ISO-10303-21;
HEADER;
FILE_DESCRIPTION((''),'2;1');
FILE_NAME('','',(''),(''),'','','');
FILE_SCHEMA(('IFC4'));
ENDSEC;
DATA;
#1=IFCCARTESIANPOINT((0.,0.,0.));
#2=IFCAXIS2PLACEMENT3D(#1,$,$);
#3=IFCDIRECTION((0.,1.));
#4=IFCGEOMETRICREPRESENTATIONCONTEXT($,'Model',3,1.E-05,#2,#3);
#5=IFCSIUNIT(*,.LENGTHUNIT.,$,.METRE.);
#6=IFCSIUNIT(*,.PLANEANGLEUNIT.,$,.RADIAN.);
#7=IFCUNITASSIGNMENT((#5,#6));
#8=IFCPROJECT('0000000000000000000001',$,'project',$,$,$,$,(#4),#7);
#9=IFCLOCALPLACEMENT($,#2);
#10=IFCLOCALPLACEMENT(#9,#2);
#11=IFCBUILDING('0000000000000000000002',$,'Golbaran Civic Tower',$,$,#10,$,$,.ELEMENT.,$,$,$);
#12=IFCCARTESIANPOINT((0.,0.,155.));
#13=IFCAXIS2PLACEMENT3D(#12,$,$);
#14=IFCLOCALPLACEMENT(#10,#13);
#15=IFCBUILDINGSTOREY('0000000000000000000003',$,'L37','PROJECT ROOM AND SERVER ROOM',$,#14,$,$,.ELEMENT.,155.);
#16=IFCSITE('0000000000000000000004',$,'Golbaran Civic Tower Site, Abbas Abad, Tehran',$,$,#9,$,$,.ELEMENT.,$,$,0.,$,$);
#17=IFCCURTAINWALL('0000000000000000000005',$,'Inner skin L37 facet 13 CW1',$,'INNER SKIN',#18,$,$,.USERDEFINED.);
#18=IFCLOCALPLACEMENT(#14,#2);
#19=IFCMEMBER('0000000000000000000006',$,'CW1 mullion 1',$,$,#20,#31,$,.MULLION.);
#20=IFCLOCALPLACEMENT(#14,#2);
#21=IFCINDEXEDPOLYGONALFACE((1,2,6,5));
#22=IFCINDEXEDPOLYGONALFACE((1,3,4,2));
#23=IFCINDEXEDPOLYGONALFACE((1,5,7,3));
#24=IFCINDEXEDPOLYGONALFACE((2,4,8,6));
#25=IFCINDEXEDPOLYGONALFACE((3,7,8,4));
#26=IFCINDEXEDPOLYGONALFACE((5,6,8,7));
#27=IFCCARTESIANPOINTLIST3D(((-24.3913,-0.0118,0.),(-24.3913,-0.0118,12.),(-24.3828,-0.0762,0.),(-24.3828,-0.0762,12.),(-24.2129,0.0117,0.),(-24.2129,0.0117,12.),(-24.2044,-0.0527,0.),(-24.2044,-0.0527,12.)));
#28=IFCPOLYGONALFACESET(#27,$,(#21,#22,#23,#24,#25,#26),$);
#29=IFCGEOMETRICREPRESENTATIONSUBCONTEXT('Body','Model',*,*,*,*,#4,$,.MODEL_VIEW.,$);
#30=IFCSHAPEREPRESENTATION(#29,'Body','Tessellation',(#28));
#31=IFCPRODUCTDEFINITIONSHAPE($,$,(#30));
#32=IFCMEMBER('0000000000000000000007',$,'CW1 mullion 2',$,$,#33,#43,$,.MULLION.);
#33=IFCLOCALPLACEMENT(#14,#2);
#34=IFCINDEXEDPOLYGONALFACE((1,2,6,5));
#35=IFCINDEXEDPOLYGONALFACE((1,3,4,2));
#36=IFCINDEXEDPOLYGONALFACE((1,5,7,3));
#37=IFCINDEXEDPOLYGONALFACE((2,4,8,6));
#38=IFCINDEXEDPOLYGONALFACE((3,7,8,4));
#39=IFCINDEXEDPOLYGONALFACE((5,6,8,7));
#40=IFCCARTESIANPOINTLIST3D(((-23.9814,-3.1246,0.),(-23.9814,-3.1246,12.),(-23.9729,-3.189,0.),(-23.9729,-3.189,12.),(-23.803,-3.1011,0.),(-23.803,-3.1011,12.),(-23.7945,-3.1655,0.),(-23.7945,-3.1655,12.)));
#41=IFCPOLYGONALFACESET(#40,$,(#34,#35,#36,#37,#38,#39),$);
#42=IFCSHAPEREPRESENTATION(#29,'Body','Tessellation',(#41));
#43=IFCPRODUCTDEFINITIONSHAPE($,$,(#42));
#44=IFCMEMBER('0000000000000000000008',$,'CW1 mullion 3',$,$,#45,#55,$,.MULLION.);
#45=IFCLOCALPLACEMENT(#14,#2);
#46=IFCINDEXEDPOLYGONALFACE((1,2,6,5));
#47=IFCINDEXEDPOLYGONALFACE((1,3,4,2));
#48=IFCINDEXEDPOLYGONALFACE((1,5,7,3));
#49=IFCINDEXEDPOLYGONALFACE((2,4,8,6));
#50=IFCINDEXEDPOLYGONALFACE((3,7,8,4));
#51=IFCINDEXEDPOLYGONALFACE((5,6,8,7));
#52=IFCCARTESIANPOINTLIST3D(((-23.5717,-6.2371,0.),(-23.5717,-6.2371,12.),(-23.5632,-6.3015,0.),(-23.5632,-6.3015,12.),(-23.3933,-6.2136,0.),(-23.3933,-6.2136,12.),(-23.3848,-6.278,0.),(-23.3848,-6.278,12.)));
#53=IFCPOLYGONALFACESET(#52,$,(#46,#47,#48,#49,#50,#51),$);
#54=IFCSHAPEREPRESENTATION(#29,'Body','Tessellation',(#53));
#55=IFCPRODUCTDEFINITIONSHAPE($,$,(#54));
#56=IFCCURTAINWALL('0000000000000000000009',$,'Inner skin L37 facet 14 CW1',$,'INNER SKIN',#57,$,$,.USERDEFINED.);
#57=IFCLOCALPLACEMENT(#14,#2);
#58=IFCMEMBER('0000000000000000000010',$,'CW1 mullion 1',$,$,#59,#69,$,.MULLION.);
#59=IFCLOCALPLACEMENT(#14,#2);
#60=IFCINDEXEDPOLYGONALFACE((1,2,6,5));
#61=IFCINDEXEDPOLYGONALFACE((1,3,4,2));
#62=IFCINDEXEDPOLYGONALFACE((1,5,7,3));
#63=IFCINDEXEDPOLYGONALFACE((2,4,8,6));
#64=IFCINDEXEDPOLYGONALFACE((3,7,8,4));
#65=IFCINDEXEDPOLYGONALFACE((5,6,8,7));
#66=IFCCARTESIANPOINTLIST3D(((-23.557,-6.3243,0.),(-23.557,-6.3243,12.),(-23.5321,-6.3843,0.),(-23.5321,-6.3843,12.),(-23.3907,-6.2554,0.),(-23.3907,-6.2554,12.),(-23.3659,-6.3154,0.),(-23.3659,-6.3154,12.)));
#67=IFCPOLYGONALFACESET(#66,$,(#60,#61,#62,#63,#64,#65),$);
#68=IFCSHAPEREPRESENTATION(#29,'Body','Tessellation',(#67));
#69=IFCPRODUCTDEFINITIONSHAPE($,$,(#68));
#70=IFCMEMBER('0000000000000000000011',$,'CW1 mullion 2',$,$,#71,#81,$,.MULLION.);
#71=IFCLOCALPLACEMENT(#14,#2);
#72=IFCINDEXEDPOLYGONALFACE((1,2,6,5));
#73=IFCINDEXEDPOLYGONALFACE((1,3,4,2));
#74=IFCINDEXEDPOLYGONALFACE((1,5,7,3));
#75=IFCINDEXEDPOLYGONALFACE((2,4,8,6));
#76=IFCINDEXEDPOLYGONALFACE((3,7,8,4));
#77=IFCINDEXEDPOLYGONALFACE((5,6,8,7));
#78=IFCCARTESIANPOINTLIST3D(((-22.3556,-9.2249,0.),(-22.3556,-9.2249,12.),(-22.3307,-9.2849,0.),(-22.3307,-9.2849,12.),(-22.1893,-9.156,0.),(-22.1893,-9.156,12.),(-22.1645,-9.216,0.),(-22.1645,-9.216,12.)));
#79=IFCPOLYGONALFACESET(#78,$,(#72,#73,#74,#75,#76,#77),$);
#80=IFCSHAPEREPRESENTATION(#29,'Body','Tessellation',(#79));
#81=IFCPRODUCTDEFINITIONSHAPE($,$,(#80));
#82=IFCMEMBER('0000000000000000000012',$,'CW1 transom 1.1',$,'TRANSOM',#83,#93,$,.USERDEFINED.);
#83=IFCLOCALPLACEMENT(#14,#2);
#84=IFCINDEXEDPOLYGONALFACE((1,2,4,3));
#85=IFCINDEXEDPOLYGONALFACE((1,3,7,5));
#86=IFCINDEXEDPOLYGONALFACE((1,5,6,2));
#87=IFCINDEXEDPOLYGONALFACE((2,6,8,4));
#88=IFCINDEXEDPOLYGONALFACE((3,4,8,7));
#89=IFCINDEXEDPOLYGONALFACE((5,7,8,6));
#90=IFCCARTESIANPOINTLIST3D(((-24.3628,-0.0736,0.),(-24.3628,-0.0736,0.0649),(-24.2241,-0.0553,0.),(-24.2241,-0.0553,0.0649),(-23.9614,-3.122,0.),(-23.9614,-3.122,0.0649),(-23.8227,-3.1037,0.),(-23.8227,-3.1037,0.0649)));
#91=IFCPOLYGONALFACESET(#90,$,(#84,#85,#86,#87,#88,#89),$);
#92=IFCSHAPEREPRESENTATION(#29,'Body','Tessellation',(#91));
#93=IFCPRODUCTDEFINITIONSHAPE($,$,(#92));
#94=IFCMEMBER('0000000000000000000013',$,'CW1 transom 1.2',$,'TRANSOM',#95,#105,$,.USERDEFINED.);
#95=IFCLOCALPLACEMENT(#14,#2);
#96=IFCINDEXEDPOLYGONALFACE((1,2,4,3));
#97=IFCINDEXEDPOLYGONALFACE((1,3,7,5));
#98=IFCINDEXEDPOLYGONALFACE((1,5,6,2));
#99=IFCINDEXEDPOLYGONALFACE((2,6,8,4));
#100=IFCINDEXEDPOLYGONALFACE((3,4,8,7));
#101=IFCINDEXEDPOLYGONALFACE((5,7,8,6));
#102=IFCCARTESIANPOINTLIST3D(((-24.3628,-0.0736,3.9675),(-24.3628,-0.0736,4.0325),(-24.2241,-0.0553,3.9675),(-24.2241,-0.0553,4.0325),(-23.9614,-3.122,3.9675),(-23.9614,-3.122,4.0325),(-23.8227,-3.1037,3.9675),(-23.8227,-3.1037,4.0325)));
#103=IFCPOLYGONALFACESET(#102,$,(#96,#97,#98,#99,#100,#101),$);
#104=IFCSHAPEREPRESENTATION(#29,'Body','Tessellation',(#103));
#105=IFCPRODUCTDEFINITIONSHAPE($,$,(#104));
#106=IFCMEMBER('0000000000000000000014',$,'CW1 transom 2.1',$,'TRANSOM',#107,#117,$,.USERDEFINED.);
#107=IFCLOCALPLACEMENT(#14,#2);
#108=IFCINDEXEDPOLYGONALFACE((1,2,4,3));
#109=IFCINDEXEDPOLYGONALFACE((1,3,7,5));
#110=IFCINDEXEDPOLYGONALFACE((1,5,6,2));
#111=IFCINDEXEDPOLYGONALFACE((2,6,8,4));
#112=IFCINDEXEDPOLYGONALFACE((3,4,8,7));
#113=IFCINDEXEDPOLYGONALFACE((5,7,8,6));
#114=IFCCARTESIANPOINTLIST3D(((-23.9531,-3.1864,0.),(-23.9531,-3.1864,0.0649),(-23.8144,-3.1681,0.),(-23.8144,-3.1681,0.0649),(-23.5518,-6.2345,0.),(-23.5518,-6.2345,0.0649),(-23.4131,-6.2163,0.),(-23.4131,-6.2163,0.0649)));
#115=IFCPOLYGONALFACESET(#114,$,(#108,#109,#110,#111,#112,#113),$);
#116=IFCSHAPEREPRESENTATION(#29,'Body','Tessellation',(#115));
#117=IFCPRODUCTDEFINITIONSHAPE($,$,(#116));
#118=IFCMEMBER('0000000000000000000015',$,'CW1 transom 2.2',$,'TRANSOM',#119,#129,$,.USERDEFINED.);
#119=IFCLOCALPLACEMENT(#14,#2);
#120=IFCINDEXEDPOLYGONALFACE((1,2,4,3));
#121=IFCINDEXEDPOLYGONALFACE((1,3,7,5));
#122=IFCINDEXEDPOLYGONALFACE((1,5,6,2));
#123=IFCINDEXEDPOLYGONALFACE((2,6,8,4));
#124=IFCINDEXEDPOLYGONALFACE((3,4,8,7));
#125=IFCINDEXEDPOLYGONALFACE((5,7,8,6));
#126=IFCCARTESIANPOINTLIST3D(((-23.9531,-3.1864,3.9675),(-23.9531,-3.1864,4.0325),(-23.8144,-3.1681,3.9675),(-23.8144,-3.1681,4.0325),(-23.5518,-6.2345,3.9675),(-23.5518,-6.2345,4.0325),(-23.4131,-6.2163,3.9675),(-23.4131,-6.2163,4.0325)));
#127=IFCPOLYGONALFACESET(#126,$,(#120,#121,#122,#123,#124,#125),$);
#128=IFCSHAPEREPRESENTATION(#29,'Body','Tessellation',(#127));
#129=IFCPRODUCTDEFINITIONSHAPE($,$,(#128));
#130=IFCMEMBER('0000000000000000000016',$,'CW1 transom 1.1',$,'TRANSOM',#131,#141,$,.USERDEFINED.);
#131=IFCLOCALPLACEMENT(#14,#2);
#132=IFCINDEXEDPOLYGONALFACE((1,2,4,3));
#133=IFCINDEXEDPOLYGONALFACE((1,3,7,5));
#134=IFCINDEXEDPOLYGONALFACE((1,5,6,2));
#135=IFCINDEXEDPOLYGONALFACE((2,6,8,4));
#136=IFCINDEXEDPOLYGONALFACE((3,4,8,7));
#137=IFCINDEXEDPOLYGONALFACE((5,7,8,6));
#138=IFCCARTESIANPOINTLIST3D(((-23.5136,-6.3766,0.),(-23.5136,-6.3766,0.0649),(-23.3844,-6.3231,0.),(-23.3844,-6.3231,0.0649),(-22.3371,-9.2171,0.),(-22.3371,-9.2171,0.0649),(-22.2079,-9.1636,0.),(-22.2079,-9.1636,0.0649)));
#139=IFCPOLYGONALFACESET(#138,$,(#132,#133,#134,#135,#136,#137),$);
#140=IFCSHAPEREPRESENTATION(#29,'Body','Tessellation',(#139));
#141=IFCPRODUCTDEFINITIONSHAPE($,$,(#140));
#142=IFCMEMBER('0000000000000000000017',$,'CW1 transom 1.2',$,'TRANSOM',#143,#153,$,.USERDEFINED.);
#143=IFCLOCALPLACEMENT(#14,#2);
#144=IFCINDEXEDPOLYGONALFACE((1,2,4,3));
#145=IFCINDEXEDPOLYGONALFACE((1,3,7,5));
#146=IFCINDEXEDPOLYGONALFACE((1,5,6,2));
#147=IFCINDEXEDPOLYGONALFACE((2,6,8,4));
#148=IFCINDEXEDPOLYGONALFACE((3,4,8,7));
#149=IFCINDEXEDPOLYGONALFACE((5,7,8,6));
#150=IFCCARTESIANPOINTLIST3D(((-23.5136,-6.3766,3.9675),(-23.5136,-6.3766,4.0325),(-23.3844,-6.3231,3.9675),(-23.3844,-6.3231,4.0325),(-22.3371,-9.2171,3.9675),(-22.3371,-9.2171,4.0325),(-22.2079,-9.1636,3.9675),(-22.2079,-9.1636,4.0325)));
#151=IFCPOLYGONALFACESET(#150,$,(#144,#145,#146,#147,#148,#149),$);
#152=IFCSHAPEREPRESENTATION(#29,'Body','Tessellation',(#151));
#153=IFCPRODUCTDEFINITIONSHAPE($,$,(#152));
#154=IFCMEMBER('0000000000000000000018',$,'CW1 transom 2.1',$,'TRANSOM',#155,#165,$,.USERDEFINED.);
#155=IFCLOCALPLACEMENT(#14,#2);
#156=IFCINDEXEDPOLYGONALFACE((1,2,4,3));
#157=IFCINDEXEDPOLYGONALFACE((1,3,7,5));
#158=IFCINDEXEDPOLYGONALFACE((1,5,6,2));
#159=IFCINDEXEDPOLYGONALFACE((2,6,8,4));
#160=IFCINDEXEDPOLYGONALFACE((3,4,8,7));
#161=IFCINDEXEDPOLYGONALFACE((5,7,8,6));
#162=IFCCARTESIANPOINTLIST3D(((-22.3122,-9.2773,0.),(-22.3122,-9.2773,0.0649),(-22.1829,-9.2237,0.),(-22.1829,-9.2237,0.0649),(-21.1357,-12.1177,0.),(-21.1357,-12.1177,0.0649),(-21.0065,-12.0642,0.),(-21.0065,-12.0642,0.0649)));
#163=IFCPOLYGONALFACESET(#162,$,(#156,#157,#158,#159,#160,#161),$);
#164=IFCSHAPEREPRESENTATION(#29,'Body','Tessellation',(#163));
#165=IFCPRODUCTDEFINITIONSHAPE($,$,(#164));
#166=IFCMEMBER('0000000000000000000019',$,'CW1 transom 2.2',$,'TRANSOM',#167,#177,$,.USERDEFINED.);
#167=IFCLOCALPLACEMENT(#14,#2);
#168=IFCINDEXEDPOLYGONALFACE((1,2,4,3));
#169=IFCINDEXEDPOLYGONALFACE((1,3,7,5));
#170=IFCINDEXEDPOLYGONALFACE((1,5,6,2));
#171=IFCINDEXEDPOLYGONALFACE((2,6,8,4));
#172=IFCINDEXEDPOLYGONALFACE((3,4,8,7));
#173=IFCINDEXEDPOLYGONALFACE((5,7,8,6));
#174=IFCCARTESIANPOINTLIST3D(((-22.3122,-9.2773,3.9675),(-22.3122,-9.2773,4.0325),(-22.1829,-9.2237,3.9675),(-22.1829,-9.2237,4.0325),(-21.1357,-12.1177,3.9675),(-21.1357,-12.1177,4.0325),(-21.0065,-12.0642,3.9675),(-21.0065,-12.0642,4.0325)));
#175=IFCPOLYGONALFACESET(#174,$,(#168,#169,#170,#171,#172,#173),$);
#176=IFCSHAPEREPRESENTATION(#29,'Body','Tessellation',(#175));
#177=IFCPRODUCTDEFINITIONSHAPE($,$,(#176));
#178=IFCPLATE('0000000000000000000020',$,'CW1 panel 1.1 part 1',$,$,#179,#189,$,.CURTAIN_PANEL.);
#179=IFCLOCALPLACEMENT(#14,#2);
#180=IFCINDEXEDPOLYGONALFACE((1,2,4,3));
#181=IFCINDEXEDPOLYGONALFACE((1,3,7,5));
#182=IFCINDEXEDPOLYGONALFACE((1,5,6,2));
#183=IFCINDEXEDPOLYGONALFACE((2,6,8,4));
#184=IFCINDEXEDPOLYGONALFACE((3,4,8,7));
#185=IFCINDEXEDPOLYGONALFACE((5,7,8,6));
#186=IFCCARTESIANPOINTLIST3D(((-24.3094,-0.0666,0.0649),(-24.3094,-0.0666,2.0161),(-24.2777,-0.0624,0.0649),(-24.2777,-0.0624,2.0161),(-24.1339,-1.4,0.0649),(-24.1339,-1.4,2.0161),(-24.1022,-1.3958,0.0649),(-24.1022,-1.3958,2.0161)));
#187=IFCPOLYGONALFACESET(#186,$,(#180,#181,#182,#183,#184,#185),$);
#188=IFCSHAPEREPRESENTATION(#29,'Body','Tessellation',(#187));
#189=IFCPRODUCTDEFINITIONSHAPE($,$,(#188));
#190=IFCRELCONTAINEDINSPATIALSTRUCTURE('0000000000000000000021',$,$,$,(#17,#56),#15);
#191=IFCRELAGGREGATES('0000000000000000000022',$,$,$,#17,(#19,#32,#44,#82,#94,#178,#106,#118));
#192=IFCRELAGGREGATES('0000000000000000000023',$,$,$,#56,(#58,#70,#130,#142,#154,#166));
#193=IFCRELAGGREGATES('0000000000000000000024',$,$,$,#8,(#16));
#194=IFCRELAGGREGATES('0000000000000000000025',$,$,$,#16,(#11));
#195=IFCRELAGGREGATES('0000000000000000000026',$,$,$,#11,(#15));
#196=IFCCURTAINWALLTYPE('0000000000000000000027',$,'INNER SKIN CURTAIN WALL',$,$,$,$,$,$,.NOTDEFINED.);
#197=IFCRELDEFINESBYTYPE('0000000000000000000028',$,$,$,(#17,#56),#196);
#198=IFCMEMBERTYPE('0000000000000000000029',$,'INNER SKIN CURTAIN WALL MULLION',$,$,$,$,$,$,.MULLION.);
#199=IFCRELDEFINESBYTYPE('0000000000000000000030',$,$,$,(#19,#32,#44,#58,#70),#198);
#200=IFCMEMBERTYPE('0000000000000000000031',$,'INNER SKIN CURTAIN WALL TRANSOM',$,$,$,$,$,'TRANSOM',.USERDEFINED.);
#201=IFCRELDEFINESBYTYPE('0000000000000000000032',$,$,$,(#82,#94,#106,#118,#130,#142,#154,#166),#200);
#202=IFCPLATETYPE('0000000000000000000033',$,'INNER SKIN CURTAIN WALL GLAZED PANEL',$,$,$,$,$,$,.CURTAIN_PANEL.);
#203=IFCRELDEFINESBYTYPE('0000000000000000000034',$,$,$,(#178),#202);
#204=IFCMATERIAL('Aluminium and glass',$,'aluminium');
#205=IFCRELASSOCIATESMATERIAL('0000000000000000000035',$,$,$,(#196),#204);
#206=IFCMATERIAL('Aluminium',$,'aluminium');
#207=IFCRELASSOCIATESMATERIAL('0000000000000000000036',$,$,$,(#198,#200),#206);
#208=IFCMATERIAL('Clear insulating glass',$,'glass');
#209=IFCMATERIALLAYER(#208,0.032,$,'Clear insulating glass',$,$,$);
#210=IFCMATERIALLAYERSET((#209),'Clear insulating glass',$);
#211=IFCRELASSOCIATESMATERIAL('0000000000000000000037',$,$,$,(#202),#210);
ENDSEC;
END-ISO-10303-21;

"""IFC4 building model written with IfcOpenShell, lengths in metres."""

from ifc_helpers import new_model, si_unit, direction, frame, origin, origin_2d, place, context, subcontext, project, spatial, rectangle, extrude, material, layer, layer_set, material_profile, profile_set, type_object, element, aggregate, save


model = new_model("IFC4")

# Units and contexts
model_context = context("Model", 3, precision=1e-05, world=origin(), true_north=direction((0.0, 1.0)))
body_context = subcontext(model_context, "Body", "Model", "MODEL_VIEW")
ifc_project = project(units=[si_unit("LENGTHUNIT", "METRE"), si_unit("PLANEANGLEUNIT", "RADIAN")], contexts=[model_context])

# Site, building, storey
site_placement = place(None, origin())
site = spatial("IfcSite", under=ifc_project, at=site_placement, Name="Golbaran Civic Tower Site, Abbas Abad, Tehran", CompositionType="ELEMENT", RefElevation=0.0)
building_placement = place(site_placement, origin())
building = spatial("IfcBuilding", under=site, at=building_placement, Name="Golbaran Civic Tower", CompositionType="ELEMENT")
storey_placement = place(building_placement, frame((0.0, 0.0, 155.0)))
storey = spatial("IfcBuildingStorey", under=building, at=storey_placement, Name="L37", Description="PROJECT ROOM AND SERVER ROOM", CompositionType="ELEMENT", Elevation=155.0)

# Curtain walls, members
ifc_material_1 = material(Name="Aluminium and glass", Category="aluminium")
curtain_wall_type = type_object("IfcCurtainWallType", Name="INNER SKIN CURTAIN WALL", PredefinedType="NOTDEFINED", material=ifc_material_1)
curtain_wall_1_placement = place(storey_placement, origin())
curtain_wall_1 = element("IfcCurtainWall", 1, at=curtain_wall_1_placement, inside=storey, type_object=curtain_wall_type, Name="Inner skin L37 facet 13 CW1", ObjectType="INNER SKIN", PredefinedType="USERDEFINED")
ifc_material_2 = material(Name="Aluminium", Category="aluminium")
ifc_material_profile_1 = material_profile(ifc_material_2, rectangle(XDim=0.1799, YDim=0.0649, at=origin_2d()), Name="INNER SKIN CURTAIN WALL MULLION")
ifc_profile_set_1 = profile_set([ifc_material_profile_1], Name="Aluminium")
member_type_1 = type_object("IfcMemberType", Name="INNER SKIN CURTAIN WALL MULLION", PredefinedType="MULLION", material=ifc_profile_set_1)
member_1_placement = place(storey_placement, frame((-24.2979, -0.0322, 0.0), z_axis=(0.0, 0.0, 1.0), x_axis=(0.991445, 0.130526, 0.0)))
member_1 = element("IfcMember", 2, at=member_1_placement, type_object=member_type_1, Name="CW1 mullion 1", PredefinedType="MULLION", context=body_context, shape_type="SweptSolid", body=[
    extrude(rectangle(XDim=0.1799, YDim=0.0649, at=origin_2d()), origin(), (0.0, 0.0, 1.0), 12.0),
])
member_2_placement = place(storey_placement, frame((-23.8879, -3.145, 0.0), z_axis=(0.0, 0.0, 1.0), x_axis=(0.991445, 0.130526, 0.0)))
member_2 = element("IfcMember", 3, at=member_2_placement, type_object=member_type_1, Name="CW1 mullion 2", PredefinedType="MULLION", context=body_context, shape_type="SweptSolid", body=[
    extrude(rectangle(XDim=0.1799, YDim=0.0649, at=origin_2d()), origin(), (0.0, 0.0, 1.0), 12.0),
])
member_3_placement = place(storey_placement, frame((-23.4783, -6.2576, 0.0), z_axis=(0.0, 0.0, 1.0), x_axis=(0.991445, 0.130526, 0.0)))
member_3 = element("IfcMember", 4, at=member_3_placement, type_object=member_type_1, Name="CW1 mullion 3", PredefinedType="MULLION", context=body_context, shape_type="SweptSolid", body=[
    extrude(rectangle(XDim=0.1799, YDim=0.0649, at=origin_2d()), origin(), (0.0, 0.0, 1.0), 12.0),
])
curtain_wall_2_placement = place(storey_placement, origin())
curtain_wall_2 = element("IfcCurtainWall", 5, at=curtain_wall_2_placement, inside=storey, type_object=curtain_wall_type, Name="Inner skin L37 facet 14 CW1", ObjectType="INNER SKIN", PredefinedType="USERDEFINED")
member_4_placement = place(storey_placement, frame((-23.4614, -6.3198, 0.0), z_axis=(0.0, 0.0, 1.0), x_axis=(0.92388, 0.382683, 0.0)))
member_4 = element("IfcMember", 6, at=member_4_placement, type_object=member_type_1, Name="CW1 mullion 1", PredefinedType="MULLION", context=body_context, shape_type="SweptSolid", body=[
    extrude(rectangle(XDim=0.1799, YDim=0.0649, at=origin_2d()), origin(), (0.0, 0.0, 1.0), 12.0),
])
member_5_placement = place(storey_placement, frame((-22.26, -9.2205, 0.0), z_axis=(0.0, 0.0, 1.0), x_axis=(0.92388, 0.382683, 0.0)))
member_5 = element("IfcMember", 7, at=member_5_placement, type_object=member_type_1, Name="CW1 mullion 2", PredefinedType="MULLION", context=body_context, shape_type="SweptSolid", body=[
    extrude(rectangle(XDim=0.1799, YDim=0.0649, at=origin_2d()), origin(), (0.0, 0.0, 1.0), 12.0),
])

# Members
ifc_material_profile_2 = material_profile(ifc_material_2, rectangle(XDim=0.1399, YDim=0.0649, at=origin_2d()), Name="INNER SKIN CURTAIN WALL TRANSOM")
ifc_profile_set_2 = profile_set([ifc_material_profile_2], Name="Aluminium")
member_type_2 = type_object("IfcMemberType", Name="INNER SKIN CURTAIN WALL TRANSOM", ElementType="TRANSOM", PredefinedType="USERDEFINED", material=ifc_profile_set_2)
member_6_placement = place(storey_placement, frame((-24.2935, -0.0645, 0.0325), z_axis=(0.130541, -0.991443, 0.0), x_axis=(0.991443, 0.130541, 0.0)))
member_6 = element("IfcMember", 8, at=member_6_placement, type_object=member_type_2, Name="CW1 transom 1.1", ObjectType="TRANSOM", PredefinedType="USERDEFINED", context=body_context, shape_type="SweptSolid", body=[
    extrude(rectangle(XDim=0.1399, YDim=0.0649, at=origin_2d()), origin(), (0.0, 0.0, 1.0), 3.0747),
])
member_7_placement = place(storey_placement, frame((-24.2935, -0.0645, 4.0), z_axis=(0.130541, -0.991443, 0.0), x_axis=(0.991443, 0.130541, 0.0)))
member_7 = element("IfcMember", 9, at=member_7_placement, type_object=member_type_2, Name="CW1 transom 1.2", ObjectType="TRANSOM", PredefinedType="USERDEFINED", context=body_context, shape_type="SweptSolid", body=[
    extrude(rectangle(XDim=0.1399, YDim=0.0649, at=origin_2d()), origin(), (0.0, 0.0, 1.0), 3.0747),
])
member_8_placement = place(storey_placement, frame((-23.8838, -3.1772, 0.0325), z_axis=(0.130551, -0.991442, 0.0), x_axis=(0.991442, 0.130551, 0.0)))
member_8 = element("IfcMember", 10, at=member_8_placement, type_object=member_type_2, Name="CW1 transom 2.1", ObjectType="TRANSOM", PredefinedType="USERDEFINED", context=body_context, shape_type="SweptSolid", body=[
    extrude(rectangle(XDim=0.1399, YDim=0.0649, at=origin_2d()), origin(), (0.0, 0.0, 1.0), 3.0745),
])
member_9_placement = place(storey_placement, frame((-23.8838, -3.1772, 4.0), z_axis=(0.130551, -0.991442, 0.0), x_axis=(0.991442, 0.130551, 0.0)))
member_9 = element("IfcMember", 11, at=member_9_placement, type_object=member_type_2, Name="CW1 transom 2.2", ObjectType="TRANSOM", PredefinedType="USERDEFINED", context=body_context, shape_type="SweptSolid", body=[
    extrude(rectangle(XDim=0.1399, YDim=0.0649, at=origin_2d()), origin(), (0.0, 0.0, 1.0), 3.0745),
])
member_10_placement = place(storey_placement, frame((-23.449, -6.3499, 0.0325), z_axis=(0.382658, -0.92389, 0.0), x_axis=(0.92389, 0.382658, 0.0)))
member_10 = element("IfcMember", 12, at=member_10_placement, type_object=member_type_2, Name="CW1 transom 1.1", ObjectType="TRANSOM", PredefinedType="USERDEFINED", context=body_context, shape_type="SweptSolid", body=[
    extrude(rectangle(XDim=0.1399, YDim=0.0649, at=origin_2d()), origin(), (0.0, 0.0, 1.0), 3.0745),
])
member_11_placement = place(storey_placement, frame((-23.449, -6.3499, 4.0), z_axis=(0.382658, -0.92389, 0.0), x_axis=(0.92389, 0.382658, 0.0)))
member_11 = element("IfcMember", 13, at=member_11_placement, type_object=member_type_2, Name="CW1 transom 1.2", ObjectType="TRANSOM", PredefinedType="USERDEFINED", context=body_context, shape_type="SweptSolid", body=[
    extrude(rectangle(XDim=0.1399, YDim=0.0649, at=origin_2d()), origin(), (0.0, 0.0, 1.0), 3.0745),
])
member_12_placement = place(storey_placement, frame((-22.2476, -9.2505, 0.0325), z_axis=(0.382658, -0.92389, 0.0), x_axis=(0.92389, 0.382658, 0.0)))
member_12 = element("IfcMember", 14, at=member_12_placement, type_object=member_type_2, Name="CW1 transom 2.1", ObjectType="TRANSOM", PredefinedType="USERDEFINED", context=body_context, shape_type="SweptSolid", body=[
    extrude(rectangle(XDim=0.1399, YDim=0.0649, at=origin_2d()), origin(), (0.0, 0.0, 1.0), 3.0745),
])
member_13_placement = place(storey_placement, frame((-22.2476, -9.2505, 4.0), z_axis=(0.382658, -0.92389, 0.0), x_axis=(0.92389, 0.382658, 0.0)))
member_13 = element("IfcMember", 15, at=member_13_placement, type_object=member_type_2, Name="CW1 transom 2.2", ObjectType="TRANSOM", PredefinedType="USERDEFINED", context=body_context, shape_type="SweptSolid", body=[
    extrude(rectangle(XDim=0.1399, YDim=0.0649, at=origin_2d()), origin(), (0.0, 0.0, 1.0), 3.0745),
])

# Plate
ifc_material_3 = material(Name="Clear insulating glass", Category="glass")
ifc_layer_1 = layer(ifc_material_3, 0.032, Name="Clear insulating glass")
ifc_layer_set_1 = layer_set([ifc_layer_1], Name="Clear insulating glass")
plate_type_1 = type_object("IfcPlateType", Name="INNER SKIN CURTAIN WALL GLAZED PANEL", PredefinedType="CURTAIN_PANEL", material=ifc_layer_set_1)
plate_1_placement = place(storey_placement, frame((-24.2058, -0.7312, 0.0649), z_axis=(0.0, 0.0, 1.0), x_axis=(0.130526, -0.991445, 0.0)))
plate_1 = element("IfcPlate", 16, at=plate_1_placement, type_object=plate_type_1, Name="CW1 panel 1.1 part 1", PredefinedType="CURTAIN_PANEL", context=body_context, shape_type="SweptSolid", body=[
    extrude(rectangle(XDim=1.345, YDim=0.032, at=origin_2d()), origin(), (0.0, 0.0, 1.0), 1.9512),
])
aggregate(curtain_wall_1, [member_1, member_2, member_3, member_6, member_7, plate_1, member_8, member_9])
aggregate(curtain_wall_2, [member_4, member_5, member_10, member_11, member_12, member_13])

save(model, "model.ifc")
